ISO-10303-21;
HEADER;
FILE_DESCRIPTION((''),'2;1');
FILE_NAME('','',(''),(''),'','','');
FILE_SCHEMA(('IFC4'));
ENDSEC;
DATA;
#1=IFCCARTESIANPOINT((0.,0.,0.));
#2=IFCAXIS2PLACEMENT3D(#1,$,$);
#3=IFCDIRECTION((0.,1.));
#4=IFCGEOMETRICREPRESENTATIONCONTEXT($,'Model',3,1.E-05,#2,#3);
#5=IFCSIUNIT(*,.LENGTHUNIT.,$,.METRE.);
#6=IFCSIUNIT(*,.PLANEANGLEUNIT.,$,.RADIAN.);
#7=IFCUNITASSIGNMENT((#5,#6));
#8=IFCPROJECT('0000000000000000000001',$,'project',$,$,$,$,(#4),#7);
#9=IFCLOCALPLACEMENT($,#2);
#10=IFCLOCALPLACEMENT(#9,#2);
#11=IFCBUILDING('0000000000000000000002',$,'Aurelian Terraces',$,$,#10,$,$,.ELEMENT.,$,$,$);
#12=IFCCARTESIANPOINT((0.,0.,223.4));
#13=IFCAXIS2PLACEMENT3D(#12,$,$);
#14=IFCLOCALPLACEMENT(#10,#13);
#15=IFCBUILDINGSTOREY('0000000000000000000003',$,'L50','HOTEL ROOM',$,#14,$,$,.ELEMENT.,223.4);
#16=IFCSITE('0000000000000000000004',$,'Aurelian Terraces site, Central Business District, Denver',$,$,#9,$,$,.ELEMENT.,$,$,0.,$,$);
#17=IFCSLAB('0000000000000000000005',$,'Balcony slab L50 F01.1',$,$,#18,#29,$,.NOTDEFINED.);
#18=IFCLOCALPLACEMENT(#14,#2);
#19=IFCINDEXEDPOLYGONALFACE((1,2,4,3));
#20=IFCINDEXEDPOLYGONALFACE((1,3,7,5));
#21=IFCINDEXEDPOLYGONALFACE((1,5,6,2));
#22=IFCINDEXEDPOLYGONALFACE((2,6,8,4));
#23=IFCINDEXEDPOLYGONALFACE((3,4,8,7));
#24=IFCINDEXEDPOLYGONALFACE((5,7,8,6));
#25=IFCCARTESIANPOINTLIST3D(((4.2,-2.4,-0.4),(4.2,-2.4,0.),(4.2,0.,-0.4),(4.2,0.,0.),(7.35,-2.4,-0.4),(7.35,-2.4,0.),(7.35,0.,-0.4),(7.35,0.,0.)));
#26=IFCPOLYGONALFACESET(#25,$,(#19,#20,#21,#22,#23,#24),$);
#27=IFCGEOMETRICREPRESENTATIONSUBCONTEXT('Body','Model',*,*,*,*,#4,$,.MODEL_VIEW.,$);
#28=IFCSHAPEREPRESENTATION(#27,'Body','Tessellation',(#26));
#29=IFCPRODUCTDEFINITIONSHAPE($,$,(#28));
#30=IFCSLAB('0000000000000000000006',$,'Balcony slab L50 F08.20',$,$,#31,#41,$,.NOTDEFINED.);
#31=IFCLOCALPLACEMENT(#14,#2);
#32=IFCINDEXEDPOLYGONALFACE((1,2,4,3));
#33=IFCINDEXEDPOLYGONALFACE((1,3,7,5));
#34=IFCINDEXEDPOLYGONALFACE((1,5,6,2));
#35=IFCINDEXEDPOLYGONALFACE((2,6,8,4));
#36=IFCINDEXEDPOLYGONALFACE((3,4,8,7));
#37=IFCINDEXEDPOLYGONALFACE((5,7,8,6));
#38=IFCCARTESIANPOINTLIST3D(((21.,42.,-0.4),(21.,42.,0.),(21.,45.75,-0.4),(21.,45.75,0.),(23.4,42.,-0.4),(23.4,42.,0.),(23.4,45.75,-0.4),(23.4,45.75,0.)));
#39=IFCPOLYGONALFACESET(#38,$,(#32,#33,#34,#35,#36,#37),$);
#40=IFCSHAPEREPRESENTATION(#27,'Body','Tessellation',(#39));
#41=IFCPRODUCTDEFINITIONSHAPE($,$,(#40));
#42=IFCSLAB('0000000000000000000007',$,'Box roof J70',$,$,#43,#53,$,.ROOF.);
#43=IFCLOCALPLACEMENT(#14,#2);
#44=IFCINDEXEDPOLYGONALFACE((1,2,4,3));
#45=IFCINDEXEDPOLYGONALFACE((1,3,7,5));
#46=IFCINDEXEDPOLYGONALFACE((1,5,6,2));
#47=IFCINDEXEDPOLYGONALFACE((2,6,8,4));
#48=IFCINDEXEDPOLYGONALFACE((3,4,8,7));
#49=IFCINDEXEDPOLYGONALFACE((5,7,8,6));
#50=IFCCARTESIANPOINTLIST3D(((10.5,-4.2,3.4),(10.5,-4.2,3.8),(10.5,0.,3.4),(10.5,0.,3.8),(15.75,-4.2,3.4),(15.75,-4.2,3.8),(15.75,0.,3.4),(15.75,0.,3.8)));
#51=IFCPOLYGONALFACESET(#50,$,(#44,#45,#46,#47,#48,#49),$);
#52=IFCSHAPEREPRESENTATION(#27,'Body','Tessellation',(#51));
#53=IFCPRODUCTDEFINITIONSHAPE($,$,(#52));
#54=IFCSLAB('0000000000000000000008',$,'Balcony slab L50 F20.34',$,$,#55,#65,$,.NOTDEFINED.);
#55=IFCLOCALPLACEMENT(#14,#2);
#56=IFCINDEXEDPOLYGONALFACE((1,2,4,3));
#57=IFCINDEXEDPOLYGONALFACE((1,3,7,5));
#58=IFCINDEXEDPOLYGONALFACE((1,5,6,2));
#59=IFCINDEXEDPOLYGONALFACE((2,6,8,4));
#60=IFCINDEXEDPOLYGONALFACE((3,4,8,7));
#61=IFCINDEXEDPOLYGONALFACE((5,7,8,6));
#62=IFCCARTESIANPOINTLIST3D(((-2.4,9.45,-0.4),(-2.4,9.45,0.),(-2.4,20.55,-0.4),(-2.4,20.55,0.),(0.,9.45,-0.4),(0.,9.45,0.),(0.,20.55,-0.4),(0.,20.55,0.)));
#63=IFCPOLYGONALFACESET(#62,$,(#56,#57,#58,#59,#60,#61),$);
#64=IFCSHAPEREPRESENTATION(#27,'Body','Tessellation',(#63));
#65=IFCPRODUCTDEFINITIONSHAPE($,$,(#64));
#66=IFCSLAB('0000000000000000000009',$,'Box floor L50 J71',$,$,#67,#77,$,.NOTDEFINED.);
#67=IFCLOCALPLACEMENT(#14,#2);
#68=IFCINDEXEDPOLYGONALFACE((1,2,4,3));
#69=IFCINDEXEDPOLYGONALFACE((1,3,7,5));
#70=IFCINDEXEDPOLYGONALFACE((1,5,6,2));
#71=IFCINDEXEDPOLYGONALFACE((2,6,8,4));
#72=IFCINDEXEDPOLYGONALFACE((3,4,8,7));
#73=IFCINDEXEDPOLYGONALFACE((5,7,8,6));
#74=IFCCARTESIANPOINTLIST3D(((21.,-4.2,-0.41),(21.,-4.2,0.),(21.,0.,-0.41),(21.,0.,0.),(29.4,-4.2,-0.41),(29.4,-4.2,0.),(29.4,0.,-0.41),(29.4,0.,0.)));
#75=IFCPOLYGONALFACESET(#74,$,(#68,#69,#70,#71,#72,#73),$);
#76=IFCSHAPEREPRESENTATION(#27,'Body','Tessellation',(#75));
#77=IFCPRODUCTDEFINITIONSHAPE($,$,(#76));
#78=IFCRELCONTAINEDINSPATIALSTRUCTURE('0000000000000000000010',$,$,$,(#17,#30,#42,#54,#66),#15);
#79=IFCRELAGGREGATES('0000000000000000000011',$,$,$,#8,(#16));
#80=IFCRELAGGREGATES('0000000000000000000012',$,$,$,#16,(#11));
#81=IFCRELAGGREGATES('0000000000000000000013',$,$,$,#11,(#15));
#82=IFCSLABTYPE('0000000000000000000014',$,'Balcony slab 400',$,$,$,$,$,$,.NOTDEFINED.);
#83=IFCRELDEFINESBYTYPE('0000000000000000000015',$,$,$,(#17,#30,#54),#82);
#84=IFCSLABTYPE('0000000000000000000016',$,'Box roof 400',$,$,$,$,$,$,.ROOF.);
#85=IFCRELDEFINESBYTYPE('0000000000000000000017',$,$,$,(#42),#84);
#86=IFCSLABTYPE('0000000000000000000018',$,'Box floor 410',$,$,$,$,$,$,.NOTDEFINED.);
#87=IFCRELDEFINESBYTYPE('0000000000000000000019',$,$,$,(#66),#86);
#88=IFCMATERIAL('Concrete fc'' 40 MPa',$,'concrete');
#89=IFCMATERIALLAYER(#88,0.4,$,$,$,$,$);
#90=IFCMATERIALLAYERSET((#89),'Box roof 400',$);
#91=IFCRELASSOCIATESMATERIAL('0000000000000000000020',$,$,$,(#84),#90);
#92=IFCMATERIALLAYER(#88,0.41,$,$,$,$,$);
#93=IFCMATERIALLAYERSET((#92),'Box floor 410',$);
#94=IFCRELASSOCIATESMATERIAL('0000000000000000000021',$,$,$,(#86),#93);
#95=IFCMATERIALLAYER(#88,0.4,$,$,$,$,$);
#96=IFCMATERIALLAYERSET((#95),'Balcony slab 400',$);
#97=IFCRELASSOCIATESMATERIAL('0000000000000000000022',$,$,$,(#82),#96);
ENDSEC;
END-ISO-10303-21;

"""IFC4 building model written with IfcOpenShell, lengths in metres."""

from ifc_helpers import new_model, si_unit, direction, frame, origin, place, context, subcontext, project, spatial, polyline, outline, extrude, source, transform, mapped, material, layer, layer_set, type_object, element, save


model = new_model("IFC4")

# Units and contexts
model_context = context("Model", 3, precision=1e-05, world=origin(), true_north=direction((0.0, 1.0)))
body_context = subcontext(model_context, "Body", "Model", "MODEL_VIEW")
ifc_project = project(units=[si_unit("LENGTHUNIT", "METRE"), si_unit("PLANEANGLEUNIT", "RADIAN")], contexts=[model_context])

# Site, building, storey
site_placement = place(None, origin())
site = spatial("IfcSite", under=ifc_project, at=site_placement, Name="Aurelian Terraces site, Central Business District, Denver", CompositionType="ELEMENT", RefElevation=0.0)
building_placement = place(site_placement, origin())
building = spatial("IfcBuilding", under=site, at=building_placement, Name="Aurelian Terraces", CompositionType="ELEMENT")
storey_placement = place(building_placement, frame((0.0, 0.0, 223.4)))
storey = spatial("IfcBuildingStorey", under=building, at=storey_placement, Name="L50", Description="HOTEL ROOM", CompositionType="ELEMENT", Elevation=223.4)

# Slabs
ifc_material_1 = material(Name="Concrete fc' 40 MPa", Category="concrete")
ifc_layer_1 = layer(ifc_material_1, 0.4)
ifc_layer_set_1 = layer_set([ifc_layer_1], Name="Box roof 400")
slab_type_1 = type_object("IfcSlabType", Name="Box roof 400", PredefinedType="ROOF", material=ifc_layer_set_1)
ifc_layer_2 = layer(ifc_material_1, 0.41)
ifc_layer_set_2 = layer_set([ifc_layer_2], Name="Box floor 410")
slab_type_2 = type_object("IfcSlabType", Name="Box floor 410", PredefinedType="NOTDEFINED", material=ifc_layer_set_2)
ifc_layer_3 = layer(ifc_material_1, 0.4)
ifc_layer_set_3 = layer_set([ifc_layer_3], Name="Balcony slab 400")
slab_type_3 = type_object("IfcSlabType", Name="Balcony slab 400", PredefinedType="NOTDEFINED", material=ifc_layer_set_3)
shared_shape_1 = source(origin(), body_context, "Body", "SweptSolid", [
    extrude(outline(polyline([(4.2, 0.0), (7.35, 0.0), (7.35, -2.4), (4.2, -2.4), (4.2, 0.0)])), origin(), (0.0, 0.0, 1.0), 0.4),
])
slab_1_placement = place(storey_placement, frame((0.0, 0.0, -0.4)))
element("IfcSlab", 1, at=slab_1_placement, inside=storey, type_object=slab_type_3, Name="Balcony slab L50 F01.1", PredefinedType="NOTDEFINED", context=body_context, shape_type="MappedRepresentation", body=[
    mapped(shared_shape_1, transform((0.0, 0.0, 0.0), scale=1.0)),
])
shared_shape_2 = source(origin(), body_context, "Body", "SweptSolid", [
    extrude(outline(polyline([(21.0, 42.0), (21.0, 45.75), (23.4, 45.75), (23.4, 42.0), (21.0, 42.0)])), origin(), (0.0, 0.0, 1.0), 0.4),
])
slab_2_placement = place(storey_placement, frame((0.0, 0.0, -0.4)))
element("IfcSlab", 2, at=slab_2_placement, inside=storey, type_object=slab_type_3, Name="Balcony slab L50 F08.20", PredefinedType="NOTDEFINED", context=body_context, shape_type="MappedRepresentation", body=[
    mapped(shared_shape_2, transform((0.0, 0.0, 0.0), scale=1.0)),
])
shared_shape_3 = source(origin(), body_context, "Body", "SweptSolid", [
    extrude(outline(polyline([(10.5, -4.2), (15.75, -4.2), (15.75, 0.0), (10.5, 0.0), (10.5, -4.2)])), origin(), (0.0, 0.0, 1.0), 0.4),
])
slab_3_placement = place(storey_placement, frame((0.0, 0.0, 3.4)))
element("IfcSlab", 3, at=slab_3_placement, inside=storey, type_object=slab_type_1, Name="Box roof J70", PredefinedType="ROOF", context=body_context, shape_type="MappedRepresentation", body=[
    mapped(shared_shape_3, transform((0.0, 0.0, 0.0), scale=1.0)),
])
shared_shape_4 = source(origin(), body_context, "Body", "SweptSolid", [
    extrude(outline(polyline([(0.0, 20.55), (0.0, 9.45), (-2.4, 9.45), (-2.4, 20.55), (0.0, 20.55)])), origin(), (0.0, 0.0, 1.0), 0.4),
])
slab_4_placement = place(storey_placement, frame((0.0, 0.0, -0.4)))
element("IfcSlab", 4, at=slab_4_placement, inside=storey, type_object=slab_type_3, Name="Balcony slab L50 F20.34", PredefinedType="NOTDEFINED", context=body_context, shape_type="MappedRepresentation", body=[
    mapped(shared_shape_4, transform((0.0, 0.0, 0.0), scale=1.0)),
])
shared_shape_5 = source(origin(), body_context, "Body", "SweptSolid", [
    extrude(outline(polyline([(21.0, -4.2), (29.4, -4.2), (29.4, 0.0), (21.0, 0.0), (21.0, -4.2)])), origin(), (0.0, 0.0, 1.0), 0.41),
])
slab_5_placement = place(storey_placement, frame((0.0, 0.0, -0.41)))
element("IfcSlab", 5, at=slab_5_placement, inside=storey, type_object=slab_type_2, Name="Box floor L50 J71", PredefinedType="NOTDEFINED", context=body_context, shape_type="MappedRepresentation", body=[
    mapped(shared_shape_5, transform((0.0, 0.0, 0.0), scale=1.0)),
])

save(model, "model.ifc")
